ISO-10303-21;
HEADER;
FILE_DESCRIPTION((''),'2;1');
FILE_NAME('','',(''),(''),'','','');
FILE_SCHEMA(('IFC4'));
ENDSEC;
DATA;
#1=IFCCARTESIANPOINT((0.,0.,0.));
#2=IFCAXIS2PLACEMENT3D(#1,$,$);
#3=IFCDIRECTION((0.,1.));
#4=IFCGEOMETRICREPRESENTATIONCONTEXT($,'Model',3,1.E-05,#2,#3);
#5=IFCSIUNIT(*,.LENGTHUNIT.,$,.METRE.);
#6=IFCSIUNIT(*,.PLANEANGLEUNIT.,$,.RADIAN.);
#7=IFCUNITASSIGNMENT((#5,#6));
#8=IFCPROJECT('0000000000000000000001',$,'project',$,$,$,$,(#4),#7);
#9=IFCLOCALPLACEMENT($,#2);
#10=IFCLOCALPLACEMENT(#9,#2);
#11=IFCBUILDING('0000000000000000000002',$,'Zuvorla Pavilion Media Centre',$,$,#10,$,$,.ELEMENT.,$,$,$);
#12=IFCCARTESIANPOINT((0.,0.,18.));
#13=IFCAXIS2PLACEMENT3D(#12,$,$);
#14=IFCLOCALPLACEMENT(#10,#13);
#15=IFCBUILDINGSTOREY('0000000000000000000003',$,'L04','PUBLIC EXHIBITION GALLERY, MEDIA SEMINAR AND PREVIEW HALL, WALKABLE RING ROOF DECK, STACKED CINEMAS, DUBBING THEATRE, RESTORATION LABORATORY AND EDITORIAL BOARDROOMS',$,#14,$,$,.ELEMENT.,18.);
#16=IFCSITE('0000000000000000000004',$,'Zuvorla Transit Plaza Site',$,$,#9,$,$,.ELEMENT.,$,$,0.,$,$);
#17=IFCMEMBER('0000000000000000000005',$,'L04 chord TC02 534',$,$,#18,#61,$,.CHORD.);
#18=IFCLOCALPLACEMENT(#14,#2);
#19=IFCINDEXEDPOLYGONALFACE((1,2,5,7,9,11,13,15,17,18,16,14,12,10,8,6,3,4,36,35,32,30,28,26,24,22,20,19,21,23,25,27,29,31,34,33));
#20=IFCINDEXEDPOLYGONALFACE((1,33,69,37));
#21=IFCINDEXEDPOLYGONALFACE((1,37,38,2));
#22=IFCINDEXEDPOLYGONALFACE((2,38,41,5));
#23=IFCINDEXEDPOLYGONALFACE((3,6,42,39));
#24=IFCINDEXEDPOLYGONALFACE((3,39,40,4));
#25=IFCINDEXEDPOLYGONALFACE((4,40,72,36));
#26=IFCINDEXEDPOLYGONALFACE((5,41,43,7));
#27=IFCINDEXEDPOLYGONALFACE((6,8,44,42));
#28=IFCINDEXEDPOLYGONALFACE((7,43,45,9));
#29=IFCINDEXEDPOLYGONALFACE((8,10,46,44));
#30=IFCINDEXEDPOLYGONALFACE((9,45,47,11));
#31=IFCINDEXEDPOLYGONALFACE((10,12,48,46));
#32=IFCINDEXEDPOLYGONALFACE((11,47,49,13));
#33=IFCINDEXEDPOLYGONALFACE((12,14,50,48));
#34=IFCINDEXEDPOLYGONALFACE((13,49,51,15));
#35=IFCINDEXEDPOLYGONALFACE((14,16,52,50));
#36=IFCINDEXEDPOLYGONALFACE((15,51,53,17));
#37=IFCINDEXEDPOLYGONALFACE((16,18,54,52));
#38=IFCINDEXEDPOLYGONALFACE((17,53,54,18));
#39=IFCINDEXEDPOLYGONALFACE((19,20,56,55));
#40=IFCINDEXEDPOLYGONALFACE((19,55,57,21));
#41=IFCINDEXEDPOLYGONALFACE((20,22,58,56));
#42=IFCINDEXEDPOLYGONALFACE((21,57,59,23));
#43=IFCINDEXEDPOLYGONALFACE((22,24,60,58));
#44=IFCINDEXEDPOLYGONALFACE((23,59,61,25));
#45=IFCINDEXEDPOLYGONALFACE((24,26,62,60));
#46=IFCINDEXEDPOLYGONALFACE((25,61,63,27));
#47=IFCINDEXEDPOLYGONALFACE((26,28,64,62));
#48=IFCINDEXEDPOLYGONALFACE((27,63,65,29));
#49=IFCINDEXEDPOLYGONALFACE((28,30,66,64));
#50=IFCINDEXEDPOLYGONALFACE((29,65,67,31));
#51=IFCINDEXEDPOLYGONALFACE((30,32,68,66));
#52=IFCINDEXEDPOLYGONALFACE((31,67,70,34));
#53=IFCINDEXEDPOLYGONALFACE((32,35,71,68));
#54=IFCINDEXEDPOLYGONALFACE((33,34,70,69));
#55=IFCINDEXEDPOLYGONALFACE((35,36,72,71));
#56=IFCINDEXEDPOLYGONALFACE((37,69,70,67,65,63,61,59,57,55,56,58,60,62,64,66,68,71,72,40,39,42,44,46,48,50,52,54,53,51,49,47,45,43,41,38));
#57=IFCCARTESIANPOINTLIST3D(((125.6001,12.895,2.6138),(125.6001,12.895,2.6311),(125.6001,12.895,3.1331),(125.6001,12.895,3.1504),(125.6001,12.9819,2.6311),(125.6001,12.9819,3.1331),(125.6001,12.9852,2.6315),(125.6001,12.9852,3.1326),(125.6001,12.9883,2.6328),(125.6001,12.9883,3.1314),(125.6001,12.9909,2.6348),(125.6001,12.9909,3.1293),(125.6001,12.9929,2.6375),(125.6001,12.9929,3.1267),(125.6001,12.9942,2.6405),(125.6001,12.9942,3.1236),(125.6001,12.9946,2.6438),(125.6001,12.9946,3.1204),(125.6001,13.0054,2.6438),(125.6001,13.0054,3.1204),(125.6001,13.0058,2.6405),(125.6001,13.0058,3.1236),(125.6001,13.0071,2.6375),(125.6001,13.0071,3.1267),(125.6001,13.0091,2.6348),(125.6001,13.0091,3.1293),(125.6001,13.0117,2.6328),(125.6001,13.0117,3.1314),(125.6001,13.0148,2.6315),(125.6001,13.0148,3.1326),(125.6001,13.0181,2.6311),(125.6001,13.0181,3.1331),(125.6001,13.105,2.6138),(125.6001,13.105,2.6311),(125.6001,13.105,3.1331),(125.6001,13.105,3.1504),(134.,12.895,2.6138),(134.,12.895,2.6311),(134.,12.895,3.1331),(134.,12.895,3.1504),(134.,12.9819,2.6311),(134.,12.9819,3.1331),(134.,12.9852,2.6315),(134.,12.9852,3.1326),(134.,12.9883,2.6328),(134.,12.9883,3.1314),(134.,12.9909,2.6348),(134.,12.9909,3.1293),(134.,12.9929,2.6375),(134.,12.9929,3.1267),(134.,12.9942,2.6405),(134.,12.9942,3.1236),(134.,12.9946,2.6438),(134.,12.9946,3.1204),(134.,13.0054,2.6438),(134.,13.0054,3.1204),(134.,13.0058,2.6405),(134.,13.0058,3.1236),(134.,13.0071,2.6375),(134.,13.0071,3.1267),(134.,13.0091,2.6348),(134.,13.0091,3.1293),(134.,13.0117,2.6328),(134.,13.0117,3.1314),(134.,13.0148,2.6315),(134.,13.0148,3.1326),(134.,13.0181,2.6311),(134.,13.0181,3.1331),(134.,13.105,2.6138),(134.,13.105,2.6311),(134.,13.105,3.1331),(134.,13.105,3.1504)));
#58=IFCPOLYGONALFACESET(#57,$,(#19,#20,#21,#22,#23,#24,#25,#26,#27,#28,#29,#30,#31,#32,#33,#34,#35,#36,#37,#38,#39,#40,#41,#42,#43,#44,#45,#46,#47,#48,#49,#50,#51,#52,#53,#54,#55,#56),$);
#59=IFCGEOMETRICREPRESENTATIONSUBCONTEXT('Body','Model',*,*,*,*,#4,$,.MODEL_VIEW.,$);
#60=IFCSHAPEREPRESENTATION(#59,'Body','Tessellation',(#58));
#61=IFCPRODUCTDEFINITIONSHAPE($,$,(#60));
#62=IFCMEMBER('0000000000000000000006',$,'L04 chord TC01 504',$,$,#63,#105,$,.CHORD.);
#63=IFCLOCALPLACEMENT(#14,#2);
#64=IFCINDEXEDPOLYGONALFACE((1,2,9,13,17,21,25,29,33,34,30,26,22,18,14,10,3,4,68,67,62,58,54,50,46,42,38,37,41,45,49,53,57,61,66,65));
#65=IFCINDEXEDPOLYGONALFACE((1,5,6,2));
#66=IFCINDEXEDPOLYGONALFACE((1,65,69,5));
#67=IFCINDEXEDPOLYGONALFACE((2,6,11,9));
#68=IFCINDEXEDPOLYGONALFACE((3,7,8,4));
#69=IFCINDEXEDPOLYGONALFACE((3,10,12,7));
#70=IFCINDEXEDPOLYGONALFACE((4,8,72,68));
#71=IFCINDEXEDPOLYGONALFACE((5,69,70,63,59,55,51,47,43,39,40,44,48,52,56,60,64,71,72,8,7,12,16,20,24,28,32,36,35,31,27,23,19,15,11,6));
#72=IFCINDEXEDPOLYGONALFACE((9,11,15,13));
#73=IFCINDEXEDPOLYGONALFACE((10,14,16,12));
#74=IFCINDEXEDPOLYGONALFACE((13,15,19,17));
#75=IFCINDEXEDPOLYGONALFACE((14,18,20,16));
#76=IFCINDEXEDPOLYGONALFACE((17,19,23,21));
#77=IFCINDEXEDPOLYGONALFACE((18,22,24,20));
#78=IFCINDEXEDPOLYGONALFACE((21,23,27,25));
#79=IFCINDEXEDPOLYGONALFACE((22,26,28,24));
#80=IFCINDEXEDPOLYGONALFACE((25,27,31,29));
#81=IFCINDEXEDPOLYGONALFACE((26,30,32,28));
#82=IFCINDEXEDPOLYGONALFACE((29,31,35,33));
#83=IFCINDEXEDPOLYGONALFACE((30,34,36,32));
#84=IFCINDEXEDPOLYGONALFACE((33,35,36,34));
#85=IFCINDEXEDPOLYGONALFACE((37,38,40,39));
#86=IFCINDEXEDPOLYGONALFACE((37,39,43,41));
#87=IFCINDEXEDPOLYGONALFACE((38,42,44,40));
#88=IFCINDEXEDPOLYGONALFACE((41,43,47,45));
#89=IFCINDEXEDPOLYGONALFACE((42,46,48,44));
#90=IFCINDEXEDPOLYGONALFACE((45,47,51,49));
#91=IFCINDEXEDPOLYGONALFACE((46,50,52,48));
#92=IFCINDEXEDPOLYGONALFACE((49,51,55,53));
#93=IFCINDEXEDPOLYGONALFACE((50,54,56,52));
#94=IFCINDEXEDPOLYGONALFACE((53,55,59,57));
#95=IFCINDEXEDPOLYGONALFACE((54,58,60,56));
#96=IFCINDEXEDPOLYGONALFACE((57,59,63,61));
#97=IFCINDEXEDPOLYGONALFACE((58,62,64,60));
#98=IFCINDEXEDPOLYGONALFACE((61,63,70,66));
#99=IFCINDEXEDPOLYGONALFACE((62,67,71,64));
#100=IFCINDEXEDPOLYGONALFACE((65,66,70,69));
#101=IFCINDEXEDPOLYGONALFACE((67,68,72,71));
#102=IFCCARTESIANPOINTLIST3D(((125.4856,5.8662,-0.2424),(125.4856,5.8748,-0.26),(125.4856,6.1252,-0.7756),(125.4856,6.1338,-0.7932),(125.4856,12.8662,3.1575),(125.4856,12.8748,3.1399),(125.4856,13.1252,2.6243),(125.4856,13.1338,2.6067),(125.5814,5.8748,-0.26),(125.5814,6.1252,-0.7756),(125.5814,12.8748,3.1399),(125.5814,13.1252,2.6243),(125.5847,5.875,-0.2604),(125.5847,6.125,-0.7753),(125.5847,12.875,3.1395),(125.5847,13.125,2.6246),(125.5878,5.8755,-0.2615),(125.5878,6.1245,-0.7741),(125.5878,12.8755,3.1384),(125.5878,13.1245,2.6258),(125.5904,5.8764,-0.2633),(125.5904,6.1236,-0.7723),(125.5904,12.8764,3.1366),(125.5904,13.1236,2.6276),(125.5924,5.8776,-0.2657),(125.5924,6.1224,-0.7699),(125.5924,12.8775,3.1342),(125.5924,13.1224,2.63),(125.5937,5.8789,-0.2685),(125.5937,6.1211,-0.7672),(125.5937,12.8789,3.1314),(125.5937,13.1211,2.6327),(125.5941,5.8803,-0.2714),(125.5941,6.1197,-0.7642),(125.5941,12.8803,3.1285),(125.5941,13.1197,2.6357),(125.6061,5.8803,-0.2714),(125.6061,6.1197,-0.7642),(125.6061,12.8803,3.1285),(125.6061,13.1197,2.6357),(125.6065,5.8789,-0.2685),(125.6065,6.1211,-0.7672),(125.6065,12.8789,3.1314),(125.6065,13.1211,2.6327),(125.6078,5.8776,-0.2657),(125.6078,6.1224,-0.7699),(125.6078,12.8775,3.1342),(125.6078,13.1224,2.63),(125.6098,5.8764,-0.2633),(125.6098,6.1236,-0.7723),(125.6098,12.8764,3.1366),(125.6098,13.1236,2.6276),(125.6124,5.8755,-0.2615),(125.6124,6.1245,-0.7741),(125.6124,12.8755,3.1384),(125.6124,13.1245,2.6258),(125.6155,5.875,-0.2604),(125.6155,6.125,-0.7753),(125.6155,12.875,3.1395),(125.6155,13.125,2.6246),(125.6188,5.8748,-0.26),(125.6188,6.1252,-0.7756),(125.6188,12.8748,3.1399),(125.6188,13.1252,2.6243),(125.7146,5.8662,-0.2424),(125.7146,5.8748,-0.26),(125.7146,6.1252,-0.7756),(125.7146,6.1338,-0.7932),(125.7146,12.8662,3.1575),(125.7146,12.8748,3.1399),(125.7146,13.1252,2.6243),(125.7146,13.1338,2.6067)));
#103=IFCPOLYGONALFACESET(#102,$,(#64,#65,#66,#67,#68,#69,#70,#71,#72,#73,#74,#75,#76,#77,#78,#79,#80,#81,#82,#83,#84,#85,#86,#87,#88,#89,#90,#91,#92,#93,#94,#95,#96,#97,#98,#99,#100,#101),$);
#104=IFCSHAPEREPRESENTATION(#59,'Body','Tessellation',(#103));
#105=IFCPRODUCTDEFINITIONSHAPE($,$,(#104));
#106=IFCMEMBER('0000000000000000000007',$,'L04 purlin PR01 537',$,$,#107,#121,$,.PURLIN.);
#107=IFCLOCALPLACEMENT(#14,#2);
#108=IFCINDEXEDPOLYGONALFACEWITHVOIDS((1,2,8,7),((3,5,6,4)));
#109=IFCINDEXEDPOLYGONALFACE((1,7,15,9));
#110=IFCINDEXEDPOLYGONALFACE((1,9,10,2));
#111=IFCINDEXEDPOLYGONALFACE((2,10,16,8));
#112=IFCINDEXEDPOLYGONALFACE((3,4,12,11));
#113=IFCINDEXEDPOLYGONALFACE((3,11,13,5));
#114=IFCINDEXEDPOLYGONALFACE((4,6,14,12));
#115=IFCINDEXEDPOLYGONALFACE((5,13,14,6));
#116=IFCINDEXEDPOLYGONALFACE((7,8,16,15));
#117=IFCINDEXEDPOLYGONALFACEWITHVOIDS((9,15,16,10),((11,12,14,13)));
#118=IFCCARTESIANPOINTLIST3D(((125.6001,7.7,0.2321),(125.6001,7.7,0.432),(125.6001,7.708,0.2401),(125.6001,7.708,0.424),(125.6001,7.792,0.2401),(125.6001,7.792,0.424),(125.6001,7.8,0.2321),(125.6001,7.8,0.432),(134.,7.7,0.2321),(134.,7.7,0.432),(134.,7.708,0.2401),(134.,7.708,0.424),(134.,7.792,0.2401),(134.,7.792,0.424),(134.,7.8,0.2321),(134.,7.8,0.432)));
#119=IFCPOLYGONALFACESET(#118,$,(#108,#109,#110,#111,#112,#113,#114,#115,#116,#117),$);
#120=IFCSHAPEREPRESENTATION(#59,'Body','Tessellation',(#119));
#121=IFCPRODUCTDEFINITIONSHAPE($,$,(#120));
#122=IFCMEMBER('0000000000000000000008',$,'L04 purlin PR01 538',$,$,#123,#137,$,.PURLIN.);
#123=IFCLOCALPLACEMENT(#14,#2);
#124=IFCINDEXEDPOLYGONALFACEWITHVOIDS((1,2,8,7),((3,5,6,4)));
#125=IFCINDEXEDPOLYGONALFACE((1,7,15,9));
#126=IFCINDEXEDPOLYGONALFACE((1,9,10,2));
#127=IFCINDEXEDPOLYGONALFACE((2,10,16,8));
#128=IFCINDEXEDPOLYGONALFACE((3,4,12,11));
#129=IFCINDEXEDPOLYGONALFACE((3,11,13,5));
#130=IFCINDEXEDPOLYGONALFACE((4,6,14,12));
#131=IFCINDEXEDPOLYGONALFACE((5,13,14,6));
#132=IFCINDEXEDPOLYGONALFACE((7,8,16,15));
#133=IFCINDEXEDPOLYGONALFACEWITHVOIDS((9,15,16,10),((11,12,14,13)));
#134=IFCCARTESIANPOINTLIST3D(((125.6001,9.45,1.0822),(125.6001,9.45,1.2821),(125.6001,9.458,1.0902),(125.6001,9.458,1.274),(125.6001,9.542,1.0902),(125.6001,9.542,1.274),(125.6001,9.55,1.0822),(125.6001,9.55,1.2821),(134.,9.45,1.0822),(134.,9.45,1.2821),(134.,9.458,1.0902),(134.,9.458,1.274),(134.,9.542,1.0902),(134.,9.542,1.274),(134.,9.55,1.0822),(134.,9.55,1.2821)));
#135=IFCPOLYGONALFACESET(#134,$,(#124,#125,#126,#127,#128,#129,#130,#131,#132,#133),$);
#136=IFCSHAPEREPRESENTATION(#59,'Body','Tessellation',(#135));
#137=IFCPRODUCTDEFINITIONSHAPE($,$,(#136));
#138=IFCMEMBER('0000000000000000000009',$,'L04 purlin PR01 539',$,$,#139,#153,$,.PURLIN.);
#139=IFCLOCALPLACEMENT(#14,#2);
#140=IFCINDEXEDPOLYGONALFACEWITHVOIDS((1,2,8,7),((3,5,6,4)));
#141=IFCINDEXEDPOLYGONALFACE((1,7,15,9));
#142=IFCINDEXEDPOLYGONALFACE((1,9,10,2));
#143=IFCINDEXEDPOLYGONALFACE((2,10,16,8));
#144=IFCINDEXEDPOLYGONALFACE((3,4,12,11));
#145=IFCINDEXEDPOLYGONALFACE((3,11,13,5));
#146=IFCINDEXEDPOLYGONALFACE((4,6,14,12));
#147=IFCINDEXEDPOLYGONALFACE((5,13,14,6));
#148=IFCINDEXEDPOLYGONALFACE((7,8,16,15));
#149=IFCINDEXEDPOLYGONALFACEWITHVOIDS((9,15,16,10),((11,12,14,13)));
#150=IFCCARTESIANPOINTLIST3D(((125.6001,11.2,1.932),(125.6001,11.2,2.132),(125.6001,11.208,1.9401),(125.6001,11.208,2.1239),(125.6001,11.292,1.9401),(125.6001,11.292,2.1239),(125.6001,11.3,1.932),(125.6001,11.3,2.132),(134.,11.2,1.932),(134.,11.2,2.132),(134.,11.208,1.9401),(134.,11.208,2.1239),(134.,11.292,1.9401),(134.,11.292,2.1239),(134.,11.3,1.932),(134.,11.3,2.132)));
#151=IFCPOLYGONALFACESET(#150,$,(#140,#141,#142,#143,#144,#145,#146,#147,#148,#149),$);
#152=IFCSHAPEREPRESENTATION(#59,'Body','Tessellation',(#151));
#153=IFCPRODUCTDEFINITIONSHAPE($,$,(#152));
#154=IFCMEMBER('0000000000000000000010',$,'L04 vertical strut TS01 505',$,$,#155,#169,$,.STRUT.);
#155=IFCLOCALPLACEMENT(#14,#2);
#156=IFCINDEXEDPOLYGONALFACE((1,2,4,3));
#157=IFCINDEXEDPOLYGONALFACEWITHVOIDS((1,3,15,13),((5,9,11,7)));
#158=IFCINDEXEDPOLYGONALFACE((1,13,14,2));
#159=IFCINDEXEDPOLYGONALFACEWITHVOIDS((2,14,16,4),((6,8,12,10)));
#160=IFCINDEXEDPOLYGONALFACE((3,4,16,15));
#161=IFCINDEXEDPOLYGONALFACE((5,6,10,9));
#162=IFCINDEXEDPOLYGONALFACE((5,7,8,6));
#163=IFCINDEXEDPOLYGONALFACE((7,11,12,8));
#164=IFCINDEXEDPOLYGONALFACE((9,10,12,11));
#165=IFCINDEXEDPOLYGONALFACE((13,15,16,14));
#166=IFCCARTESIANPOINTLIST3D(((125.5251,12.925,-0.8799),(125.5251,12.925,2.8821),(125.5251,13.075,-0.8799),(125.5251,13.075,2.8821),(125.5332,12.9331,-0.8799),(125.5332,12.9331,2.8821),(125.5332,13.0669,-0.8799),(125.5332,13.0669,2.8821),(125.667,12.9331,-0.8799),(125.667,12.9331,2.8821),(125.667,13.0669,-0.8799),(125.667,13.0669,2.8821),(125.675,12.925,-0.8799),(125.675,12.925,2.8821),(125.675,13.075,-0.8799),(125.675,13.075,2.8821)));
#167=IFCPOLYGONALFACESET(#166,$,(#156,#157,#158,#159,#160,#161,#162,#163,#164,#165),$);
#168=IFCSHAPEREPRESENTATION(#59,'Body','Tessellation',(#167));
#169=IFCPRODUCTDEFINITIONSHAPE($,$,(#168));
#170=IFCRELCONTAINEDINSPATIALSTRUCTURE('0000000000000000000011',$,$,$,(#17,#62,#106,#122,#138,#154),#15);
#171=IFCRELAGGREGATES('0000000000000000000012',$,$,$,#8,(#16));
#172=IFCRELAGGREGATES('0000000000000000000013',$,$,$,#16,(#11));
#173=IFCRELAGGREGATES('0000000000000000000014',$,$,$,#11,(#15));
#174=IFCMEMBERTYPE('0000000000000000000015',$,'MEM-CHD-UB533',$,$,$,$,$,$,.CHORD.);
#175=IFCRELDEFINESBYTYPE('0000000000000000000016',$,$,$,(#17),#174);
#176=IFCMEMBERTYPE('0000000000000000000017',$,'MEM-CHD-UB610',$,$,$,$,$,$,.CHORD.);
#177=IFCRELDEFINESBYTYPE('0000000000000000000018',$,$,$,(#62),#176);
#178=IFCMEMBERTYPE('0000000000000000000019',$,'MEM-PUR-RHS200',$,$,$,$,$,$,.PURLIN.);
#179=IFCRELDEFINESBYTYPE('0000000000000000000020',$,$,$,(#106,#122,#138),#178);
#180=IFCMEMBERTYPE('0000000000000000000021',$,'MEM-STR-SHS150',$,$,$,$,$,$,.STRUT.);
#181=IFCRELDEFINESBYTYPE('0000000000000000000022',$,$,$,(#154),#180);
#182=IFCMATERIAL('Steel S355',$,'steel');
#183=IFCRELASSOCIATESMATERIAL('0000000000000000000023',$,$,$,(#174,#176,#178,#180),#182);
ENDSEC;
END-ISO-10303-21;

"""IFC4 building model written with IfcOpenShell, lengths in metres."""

from ifc_helpers import new_model, si_unit, direction, frame, origin, origin_2d, place, context, subcontext, project, spatial, hollow_rectangle, i_section, extrude, material, material_profile, profile_set, type_object, element, save


model = new_model("IFC4")

# Units and contexts
model_context = context("Model", 3, precision=1e-05, world=origin(), true_north=direction((0.0, 1.0)))
body_context = subcontext(model_context, "Body", "Model", "MODEL_VIEW")
ifc_project = project(units=[si_unit("LENGTHUNIT", "METRE"), si_unit("PLANEANGLEUNIT", "RADIAN")], contexts=[model_context])

# Site, building, storey
site_placement = place(None, origin())
site = spatial("IfcSite", under=ifc_project, at=site_placement, Name="Zuvorla Transit Plaza Site", CompositionType="ELEMENT", RefElevation=0.0)
building_placement = place(site_placement, origin())
building = spatial("IfcBuilding", under=site, at=building_placement, Name="Zuvorla Pavilion Media Centre", CompositionType="ELEMENT")
storey_placement = place(building_placement, frame((0.0, 0.0, 18.0)))
storey = spatial("IfcBuildingStorey", under=building, at=storey_placement, Name="L04", Description="PUBLIC EXHIBITION GALLERY, MEDIA SEMINAR AND PREVIEW HALL, WALKABLE RING ROOF DECK, STACKED CINEMAS, DUBBING THEATRE, RESTORATION LABORATORY AND EDITORIAL BOARDROOMS", CompositionType="ELEMENT", Elevation=18.0)

# Shared definitions
ifc_material_1 = material(Name="Steel S355", Category="steel")

# Members
ifc_material_profile_1 = material_profile(ifc_material_1, i_section(OverallWidth=0.21, OverallDepth=0.5366, WebThickness=0.0107, FlangeThickness=0.0173, FilletRadius=0.0127, at=origin_2d()), Name="UB 533x210x101")
ifc_profile_set_1 = profile_set([ifc_material_profile_1], Name="Steel S355")
member_type_1 = type_object("IfcMemberType", Name="MEM-CHD-UB533", PredefinedType="CHORD", material=ifc_profile_set_1)
member_1_placement = place(storey_placement, frame((125.6001, 13.0, 2.8821), z_axis=(1.0, 0.0, 0.0), x_axis=(0.0, 1.0, 0.0)))
element("IfcMember", 1, at=member_1_placement, inside=storey, type_object=member_type_1, Name="L04 chord TC02 534", PredefinedType="CHORD", context=body_context, shape_type="SweptSolid", body=[
    extrude(i_section(OverallWidth=0.21, OverallDepth=0.5366, WebThickness=0.0107, FlangeThickness=0.0173, FilletRadius=0.0127, at=origin_2d()), origin(), (0.0, 0.0, 1.0), 8.3999),
])
ifc_material_profile_2 = material_profile(ifc_material_1, i_section(OverallWidth=0.229, OverallDepth=0.6123, WebThickness=0.012, FlangeThickness=0.0195, FilletRadius=0.0127, at=origin_2d()), Name="UB 610x229x125")
ifc_profile_set_2 = profile_set([ifc_material_profile_2], Name="Steel S355")
member_type_2 = type_object("IfcMemberType", Name="MEM-CHD-UB610", PredefinedType="CHORD", material=ifc_profile_set_2)
member_2_placement = place(storey_placement, frame((125.6001, 6.0, -0.5178), z_axis=(0.0, 0.899513, 0.436894), x_axis=(-1.0, 0.0, 0.0)))
element("IfcMember", 2, at=member_2_placement, inside=storey, type_object=member_type_2, Name="L04 chord TC01 504", PredefinedType="CHORD", context=body_context, shape_type="SweptSolid", body=[
    extrude(i_section(OverallWidth=0.229, OverallDepth=0.6123, WebThickness=0.012, FlangeThickness=0.0195, FilletRadius=0.0127, at=origin_2d()), origin(), (0.0, 0.0, 1.0), 7.782),
])
ifc_material_profile_3 = material_profile(ifc_material_1, hollow_rectangle(XDim=0.1001, YDim=0.2, WallThickness=0.0081, at=origin_2d()), Name="RHS 200x100x8")
ifc_profile_set_3 = profile_set([ifc_material_profile_3], Name="Steel S355")
member_type_3 = type_object("IfcMemberType", Name="MEM-PUR-RHS200", PredefinedType="PURLIN", material=ifc_profile_set_3)
for number, where, z_axis, x_axis, name in (
    (3, (125.6001, 7.75, 0.332), (1.0, 0.0, 0.0), (0.0, 1.0, 0.0), "L04 purlin PR01 537"),
    (4, (125.6001, 9.5, 1.1821), (1.0, 0.0, 0.0), (0.0, 1.0, 0.0), "L04 purlin PR01 538"),
    (5, (125.6001, 11.25, 2.032), (1.0, 0.0, 0.0), (0.0, 1.0, 0.0), "L04 purlin PR01 539"),
):
    element("IfcMember", number, at=place(storey_placement, frame(where, z_axis=z_axis, x_axis=x_axis)), inside=storey, type_object=member_type_3, Name=name, PredefinedType="PURLIN", context=body_context, shape_type="SweptSolid", body=[
        extrude(hollow_rectangle(XDim=0.1001, YDim=0.2, WallThickness=0.0081, at=origin_2d()), origin(), (0.0, 0.0, 1.0), 8.3999),
    ])
ifc_material_profile_4 = material_profile(ifc_material_1, hollow_rectangle(XDim=0.1499, YDim=0.1499, WallThickness=0.0081, at=origin_2d()), Name="SHS 150x150x8")
ifc_profile_set_4 = profile_set([ifc_material_profile_4], Name="Steel S355")
member_type_4 = type_object("IfcMemberType", Name="MEM-STR-SHS150", PredefinedType="STRUT", material=ifc_profile_set_4)
member_3_placement = place(storey_placement, frame((125.6001, 13.0, -0.8799), z_axis=(0.0, 0.0, 1.0), x_axis=(1.0, 0.0, 0.0)))
element("IfcMember", 6, at=member_3_placement, inside=storey, type_object=member_type_4, Name="L04 vertical strut TS01 505", PredefinedType="STRUT", context=body_context, shape_type="SweptSolid", body=[
    extrude(hollow_rectangle(XDim=0.1499, YDim=0.1499, WallThickness=0.0081, at=origin_2d()), origin(), (0.0, 0.0, 1.0), 3.762),
])

save(model, "model.ifc")
